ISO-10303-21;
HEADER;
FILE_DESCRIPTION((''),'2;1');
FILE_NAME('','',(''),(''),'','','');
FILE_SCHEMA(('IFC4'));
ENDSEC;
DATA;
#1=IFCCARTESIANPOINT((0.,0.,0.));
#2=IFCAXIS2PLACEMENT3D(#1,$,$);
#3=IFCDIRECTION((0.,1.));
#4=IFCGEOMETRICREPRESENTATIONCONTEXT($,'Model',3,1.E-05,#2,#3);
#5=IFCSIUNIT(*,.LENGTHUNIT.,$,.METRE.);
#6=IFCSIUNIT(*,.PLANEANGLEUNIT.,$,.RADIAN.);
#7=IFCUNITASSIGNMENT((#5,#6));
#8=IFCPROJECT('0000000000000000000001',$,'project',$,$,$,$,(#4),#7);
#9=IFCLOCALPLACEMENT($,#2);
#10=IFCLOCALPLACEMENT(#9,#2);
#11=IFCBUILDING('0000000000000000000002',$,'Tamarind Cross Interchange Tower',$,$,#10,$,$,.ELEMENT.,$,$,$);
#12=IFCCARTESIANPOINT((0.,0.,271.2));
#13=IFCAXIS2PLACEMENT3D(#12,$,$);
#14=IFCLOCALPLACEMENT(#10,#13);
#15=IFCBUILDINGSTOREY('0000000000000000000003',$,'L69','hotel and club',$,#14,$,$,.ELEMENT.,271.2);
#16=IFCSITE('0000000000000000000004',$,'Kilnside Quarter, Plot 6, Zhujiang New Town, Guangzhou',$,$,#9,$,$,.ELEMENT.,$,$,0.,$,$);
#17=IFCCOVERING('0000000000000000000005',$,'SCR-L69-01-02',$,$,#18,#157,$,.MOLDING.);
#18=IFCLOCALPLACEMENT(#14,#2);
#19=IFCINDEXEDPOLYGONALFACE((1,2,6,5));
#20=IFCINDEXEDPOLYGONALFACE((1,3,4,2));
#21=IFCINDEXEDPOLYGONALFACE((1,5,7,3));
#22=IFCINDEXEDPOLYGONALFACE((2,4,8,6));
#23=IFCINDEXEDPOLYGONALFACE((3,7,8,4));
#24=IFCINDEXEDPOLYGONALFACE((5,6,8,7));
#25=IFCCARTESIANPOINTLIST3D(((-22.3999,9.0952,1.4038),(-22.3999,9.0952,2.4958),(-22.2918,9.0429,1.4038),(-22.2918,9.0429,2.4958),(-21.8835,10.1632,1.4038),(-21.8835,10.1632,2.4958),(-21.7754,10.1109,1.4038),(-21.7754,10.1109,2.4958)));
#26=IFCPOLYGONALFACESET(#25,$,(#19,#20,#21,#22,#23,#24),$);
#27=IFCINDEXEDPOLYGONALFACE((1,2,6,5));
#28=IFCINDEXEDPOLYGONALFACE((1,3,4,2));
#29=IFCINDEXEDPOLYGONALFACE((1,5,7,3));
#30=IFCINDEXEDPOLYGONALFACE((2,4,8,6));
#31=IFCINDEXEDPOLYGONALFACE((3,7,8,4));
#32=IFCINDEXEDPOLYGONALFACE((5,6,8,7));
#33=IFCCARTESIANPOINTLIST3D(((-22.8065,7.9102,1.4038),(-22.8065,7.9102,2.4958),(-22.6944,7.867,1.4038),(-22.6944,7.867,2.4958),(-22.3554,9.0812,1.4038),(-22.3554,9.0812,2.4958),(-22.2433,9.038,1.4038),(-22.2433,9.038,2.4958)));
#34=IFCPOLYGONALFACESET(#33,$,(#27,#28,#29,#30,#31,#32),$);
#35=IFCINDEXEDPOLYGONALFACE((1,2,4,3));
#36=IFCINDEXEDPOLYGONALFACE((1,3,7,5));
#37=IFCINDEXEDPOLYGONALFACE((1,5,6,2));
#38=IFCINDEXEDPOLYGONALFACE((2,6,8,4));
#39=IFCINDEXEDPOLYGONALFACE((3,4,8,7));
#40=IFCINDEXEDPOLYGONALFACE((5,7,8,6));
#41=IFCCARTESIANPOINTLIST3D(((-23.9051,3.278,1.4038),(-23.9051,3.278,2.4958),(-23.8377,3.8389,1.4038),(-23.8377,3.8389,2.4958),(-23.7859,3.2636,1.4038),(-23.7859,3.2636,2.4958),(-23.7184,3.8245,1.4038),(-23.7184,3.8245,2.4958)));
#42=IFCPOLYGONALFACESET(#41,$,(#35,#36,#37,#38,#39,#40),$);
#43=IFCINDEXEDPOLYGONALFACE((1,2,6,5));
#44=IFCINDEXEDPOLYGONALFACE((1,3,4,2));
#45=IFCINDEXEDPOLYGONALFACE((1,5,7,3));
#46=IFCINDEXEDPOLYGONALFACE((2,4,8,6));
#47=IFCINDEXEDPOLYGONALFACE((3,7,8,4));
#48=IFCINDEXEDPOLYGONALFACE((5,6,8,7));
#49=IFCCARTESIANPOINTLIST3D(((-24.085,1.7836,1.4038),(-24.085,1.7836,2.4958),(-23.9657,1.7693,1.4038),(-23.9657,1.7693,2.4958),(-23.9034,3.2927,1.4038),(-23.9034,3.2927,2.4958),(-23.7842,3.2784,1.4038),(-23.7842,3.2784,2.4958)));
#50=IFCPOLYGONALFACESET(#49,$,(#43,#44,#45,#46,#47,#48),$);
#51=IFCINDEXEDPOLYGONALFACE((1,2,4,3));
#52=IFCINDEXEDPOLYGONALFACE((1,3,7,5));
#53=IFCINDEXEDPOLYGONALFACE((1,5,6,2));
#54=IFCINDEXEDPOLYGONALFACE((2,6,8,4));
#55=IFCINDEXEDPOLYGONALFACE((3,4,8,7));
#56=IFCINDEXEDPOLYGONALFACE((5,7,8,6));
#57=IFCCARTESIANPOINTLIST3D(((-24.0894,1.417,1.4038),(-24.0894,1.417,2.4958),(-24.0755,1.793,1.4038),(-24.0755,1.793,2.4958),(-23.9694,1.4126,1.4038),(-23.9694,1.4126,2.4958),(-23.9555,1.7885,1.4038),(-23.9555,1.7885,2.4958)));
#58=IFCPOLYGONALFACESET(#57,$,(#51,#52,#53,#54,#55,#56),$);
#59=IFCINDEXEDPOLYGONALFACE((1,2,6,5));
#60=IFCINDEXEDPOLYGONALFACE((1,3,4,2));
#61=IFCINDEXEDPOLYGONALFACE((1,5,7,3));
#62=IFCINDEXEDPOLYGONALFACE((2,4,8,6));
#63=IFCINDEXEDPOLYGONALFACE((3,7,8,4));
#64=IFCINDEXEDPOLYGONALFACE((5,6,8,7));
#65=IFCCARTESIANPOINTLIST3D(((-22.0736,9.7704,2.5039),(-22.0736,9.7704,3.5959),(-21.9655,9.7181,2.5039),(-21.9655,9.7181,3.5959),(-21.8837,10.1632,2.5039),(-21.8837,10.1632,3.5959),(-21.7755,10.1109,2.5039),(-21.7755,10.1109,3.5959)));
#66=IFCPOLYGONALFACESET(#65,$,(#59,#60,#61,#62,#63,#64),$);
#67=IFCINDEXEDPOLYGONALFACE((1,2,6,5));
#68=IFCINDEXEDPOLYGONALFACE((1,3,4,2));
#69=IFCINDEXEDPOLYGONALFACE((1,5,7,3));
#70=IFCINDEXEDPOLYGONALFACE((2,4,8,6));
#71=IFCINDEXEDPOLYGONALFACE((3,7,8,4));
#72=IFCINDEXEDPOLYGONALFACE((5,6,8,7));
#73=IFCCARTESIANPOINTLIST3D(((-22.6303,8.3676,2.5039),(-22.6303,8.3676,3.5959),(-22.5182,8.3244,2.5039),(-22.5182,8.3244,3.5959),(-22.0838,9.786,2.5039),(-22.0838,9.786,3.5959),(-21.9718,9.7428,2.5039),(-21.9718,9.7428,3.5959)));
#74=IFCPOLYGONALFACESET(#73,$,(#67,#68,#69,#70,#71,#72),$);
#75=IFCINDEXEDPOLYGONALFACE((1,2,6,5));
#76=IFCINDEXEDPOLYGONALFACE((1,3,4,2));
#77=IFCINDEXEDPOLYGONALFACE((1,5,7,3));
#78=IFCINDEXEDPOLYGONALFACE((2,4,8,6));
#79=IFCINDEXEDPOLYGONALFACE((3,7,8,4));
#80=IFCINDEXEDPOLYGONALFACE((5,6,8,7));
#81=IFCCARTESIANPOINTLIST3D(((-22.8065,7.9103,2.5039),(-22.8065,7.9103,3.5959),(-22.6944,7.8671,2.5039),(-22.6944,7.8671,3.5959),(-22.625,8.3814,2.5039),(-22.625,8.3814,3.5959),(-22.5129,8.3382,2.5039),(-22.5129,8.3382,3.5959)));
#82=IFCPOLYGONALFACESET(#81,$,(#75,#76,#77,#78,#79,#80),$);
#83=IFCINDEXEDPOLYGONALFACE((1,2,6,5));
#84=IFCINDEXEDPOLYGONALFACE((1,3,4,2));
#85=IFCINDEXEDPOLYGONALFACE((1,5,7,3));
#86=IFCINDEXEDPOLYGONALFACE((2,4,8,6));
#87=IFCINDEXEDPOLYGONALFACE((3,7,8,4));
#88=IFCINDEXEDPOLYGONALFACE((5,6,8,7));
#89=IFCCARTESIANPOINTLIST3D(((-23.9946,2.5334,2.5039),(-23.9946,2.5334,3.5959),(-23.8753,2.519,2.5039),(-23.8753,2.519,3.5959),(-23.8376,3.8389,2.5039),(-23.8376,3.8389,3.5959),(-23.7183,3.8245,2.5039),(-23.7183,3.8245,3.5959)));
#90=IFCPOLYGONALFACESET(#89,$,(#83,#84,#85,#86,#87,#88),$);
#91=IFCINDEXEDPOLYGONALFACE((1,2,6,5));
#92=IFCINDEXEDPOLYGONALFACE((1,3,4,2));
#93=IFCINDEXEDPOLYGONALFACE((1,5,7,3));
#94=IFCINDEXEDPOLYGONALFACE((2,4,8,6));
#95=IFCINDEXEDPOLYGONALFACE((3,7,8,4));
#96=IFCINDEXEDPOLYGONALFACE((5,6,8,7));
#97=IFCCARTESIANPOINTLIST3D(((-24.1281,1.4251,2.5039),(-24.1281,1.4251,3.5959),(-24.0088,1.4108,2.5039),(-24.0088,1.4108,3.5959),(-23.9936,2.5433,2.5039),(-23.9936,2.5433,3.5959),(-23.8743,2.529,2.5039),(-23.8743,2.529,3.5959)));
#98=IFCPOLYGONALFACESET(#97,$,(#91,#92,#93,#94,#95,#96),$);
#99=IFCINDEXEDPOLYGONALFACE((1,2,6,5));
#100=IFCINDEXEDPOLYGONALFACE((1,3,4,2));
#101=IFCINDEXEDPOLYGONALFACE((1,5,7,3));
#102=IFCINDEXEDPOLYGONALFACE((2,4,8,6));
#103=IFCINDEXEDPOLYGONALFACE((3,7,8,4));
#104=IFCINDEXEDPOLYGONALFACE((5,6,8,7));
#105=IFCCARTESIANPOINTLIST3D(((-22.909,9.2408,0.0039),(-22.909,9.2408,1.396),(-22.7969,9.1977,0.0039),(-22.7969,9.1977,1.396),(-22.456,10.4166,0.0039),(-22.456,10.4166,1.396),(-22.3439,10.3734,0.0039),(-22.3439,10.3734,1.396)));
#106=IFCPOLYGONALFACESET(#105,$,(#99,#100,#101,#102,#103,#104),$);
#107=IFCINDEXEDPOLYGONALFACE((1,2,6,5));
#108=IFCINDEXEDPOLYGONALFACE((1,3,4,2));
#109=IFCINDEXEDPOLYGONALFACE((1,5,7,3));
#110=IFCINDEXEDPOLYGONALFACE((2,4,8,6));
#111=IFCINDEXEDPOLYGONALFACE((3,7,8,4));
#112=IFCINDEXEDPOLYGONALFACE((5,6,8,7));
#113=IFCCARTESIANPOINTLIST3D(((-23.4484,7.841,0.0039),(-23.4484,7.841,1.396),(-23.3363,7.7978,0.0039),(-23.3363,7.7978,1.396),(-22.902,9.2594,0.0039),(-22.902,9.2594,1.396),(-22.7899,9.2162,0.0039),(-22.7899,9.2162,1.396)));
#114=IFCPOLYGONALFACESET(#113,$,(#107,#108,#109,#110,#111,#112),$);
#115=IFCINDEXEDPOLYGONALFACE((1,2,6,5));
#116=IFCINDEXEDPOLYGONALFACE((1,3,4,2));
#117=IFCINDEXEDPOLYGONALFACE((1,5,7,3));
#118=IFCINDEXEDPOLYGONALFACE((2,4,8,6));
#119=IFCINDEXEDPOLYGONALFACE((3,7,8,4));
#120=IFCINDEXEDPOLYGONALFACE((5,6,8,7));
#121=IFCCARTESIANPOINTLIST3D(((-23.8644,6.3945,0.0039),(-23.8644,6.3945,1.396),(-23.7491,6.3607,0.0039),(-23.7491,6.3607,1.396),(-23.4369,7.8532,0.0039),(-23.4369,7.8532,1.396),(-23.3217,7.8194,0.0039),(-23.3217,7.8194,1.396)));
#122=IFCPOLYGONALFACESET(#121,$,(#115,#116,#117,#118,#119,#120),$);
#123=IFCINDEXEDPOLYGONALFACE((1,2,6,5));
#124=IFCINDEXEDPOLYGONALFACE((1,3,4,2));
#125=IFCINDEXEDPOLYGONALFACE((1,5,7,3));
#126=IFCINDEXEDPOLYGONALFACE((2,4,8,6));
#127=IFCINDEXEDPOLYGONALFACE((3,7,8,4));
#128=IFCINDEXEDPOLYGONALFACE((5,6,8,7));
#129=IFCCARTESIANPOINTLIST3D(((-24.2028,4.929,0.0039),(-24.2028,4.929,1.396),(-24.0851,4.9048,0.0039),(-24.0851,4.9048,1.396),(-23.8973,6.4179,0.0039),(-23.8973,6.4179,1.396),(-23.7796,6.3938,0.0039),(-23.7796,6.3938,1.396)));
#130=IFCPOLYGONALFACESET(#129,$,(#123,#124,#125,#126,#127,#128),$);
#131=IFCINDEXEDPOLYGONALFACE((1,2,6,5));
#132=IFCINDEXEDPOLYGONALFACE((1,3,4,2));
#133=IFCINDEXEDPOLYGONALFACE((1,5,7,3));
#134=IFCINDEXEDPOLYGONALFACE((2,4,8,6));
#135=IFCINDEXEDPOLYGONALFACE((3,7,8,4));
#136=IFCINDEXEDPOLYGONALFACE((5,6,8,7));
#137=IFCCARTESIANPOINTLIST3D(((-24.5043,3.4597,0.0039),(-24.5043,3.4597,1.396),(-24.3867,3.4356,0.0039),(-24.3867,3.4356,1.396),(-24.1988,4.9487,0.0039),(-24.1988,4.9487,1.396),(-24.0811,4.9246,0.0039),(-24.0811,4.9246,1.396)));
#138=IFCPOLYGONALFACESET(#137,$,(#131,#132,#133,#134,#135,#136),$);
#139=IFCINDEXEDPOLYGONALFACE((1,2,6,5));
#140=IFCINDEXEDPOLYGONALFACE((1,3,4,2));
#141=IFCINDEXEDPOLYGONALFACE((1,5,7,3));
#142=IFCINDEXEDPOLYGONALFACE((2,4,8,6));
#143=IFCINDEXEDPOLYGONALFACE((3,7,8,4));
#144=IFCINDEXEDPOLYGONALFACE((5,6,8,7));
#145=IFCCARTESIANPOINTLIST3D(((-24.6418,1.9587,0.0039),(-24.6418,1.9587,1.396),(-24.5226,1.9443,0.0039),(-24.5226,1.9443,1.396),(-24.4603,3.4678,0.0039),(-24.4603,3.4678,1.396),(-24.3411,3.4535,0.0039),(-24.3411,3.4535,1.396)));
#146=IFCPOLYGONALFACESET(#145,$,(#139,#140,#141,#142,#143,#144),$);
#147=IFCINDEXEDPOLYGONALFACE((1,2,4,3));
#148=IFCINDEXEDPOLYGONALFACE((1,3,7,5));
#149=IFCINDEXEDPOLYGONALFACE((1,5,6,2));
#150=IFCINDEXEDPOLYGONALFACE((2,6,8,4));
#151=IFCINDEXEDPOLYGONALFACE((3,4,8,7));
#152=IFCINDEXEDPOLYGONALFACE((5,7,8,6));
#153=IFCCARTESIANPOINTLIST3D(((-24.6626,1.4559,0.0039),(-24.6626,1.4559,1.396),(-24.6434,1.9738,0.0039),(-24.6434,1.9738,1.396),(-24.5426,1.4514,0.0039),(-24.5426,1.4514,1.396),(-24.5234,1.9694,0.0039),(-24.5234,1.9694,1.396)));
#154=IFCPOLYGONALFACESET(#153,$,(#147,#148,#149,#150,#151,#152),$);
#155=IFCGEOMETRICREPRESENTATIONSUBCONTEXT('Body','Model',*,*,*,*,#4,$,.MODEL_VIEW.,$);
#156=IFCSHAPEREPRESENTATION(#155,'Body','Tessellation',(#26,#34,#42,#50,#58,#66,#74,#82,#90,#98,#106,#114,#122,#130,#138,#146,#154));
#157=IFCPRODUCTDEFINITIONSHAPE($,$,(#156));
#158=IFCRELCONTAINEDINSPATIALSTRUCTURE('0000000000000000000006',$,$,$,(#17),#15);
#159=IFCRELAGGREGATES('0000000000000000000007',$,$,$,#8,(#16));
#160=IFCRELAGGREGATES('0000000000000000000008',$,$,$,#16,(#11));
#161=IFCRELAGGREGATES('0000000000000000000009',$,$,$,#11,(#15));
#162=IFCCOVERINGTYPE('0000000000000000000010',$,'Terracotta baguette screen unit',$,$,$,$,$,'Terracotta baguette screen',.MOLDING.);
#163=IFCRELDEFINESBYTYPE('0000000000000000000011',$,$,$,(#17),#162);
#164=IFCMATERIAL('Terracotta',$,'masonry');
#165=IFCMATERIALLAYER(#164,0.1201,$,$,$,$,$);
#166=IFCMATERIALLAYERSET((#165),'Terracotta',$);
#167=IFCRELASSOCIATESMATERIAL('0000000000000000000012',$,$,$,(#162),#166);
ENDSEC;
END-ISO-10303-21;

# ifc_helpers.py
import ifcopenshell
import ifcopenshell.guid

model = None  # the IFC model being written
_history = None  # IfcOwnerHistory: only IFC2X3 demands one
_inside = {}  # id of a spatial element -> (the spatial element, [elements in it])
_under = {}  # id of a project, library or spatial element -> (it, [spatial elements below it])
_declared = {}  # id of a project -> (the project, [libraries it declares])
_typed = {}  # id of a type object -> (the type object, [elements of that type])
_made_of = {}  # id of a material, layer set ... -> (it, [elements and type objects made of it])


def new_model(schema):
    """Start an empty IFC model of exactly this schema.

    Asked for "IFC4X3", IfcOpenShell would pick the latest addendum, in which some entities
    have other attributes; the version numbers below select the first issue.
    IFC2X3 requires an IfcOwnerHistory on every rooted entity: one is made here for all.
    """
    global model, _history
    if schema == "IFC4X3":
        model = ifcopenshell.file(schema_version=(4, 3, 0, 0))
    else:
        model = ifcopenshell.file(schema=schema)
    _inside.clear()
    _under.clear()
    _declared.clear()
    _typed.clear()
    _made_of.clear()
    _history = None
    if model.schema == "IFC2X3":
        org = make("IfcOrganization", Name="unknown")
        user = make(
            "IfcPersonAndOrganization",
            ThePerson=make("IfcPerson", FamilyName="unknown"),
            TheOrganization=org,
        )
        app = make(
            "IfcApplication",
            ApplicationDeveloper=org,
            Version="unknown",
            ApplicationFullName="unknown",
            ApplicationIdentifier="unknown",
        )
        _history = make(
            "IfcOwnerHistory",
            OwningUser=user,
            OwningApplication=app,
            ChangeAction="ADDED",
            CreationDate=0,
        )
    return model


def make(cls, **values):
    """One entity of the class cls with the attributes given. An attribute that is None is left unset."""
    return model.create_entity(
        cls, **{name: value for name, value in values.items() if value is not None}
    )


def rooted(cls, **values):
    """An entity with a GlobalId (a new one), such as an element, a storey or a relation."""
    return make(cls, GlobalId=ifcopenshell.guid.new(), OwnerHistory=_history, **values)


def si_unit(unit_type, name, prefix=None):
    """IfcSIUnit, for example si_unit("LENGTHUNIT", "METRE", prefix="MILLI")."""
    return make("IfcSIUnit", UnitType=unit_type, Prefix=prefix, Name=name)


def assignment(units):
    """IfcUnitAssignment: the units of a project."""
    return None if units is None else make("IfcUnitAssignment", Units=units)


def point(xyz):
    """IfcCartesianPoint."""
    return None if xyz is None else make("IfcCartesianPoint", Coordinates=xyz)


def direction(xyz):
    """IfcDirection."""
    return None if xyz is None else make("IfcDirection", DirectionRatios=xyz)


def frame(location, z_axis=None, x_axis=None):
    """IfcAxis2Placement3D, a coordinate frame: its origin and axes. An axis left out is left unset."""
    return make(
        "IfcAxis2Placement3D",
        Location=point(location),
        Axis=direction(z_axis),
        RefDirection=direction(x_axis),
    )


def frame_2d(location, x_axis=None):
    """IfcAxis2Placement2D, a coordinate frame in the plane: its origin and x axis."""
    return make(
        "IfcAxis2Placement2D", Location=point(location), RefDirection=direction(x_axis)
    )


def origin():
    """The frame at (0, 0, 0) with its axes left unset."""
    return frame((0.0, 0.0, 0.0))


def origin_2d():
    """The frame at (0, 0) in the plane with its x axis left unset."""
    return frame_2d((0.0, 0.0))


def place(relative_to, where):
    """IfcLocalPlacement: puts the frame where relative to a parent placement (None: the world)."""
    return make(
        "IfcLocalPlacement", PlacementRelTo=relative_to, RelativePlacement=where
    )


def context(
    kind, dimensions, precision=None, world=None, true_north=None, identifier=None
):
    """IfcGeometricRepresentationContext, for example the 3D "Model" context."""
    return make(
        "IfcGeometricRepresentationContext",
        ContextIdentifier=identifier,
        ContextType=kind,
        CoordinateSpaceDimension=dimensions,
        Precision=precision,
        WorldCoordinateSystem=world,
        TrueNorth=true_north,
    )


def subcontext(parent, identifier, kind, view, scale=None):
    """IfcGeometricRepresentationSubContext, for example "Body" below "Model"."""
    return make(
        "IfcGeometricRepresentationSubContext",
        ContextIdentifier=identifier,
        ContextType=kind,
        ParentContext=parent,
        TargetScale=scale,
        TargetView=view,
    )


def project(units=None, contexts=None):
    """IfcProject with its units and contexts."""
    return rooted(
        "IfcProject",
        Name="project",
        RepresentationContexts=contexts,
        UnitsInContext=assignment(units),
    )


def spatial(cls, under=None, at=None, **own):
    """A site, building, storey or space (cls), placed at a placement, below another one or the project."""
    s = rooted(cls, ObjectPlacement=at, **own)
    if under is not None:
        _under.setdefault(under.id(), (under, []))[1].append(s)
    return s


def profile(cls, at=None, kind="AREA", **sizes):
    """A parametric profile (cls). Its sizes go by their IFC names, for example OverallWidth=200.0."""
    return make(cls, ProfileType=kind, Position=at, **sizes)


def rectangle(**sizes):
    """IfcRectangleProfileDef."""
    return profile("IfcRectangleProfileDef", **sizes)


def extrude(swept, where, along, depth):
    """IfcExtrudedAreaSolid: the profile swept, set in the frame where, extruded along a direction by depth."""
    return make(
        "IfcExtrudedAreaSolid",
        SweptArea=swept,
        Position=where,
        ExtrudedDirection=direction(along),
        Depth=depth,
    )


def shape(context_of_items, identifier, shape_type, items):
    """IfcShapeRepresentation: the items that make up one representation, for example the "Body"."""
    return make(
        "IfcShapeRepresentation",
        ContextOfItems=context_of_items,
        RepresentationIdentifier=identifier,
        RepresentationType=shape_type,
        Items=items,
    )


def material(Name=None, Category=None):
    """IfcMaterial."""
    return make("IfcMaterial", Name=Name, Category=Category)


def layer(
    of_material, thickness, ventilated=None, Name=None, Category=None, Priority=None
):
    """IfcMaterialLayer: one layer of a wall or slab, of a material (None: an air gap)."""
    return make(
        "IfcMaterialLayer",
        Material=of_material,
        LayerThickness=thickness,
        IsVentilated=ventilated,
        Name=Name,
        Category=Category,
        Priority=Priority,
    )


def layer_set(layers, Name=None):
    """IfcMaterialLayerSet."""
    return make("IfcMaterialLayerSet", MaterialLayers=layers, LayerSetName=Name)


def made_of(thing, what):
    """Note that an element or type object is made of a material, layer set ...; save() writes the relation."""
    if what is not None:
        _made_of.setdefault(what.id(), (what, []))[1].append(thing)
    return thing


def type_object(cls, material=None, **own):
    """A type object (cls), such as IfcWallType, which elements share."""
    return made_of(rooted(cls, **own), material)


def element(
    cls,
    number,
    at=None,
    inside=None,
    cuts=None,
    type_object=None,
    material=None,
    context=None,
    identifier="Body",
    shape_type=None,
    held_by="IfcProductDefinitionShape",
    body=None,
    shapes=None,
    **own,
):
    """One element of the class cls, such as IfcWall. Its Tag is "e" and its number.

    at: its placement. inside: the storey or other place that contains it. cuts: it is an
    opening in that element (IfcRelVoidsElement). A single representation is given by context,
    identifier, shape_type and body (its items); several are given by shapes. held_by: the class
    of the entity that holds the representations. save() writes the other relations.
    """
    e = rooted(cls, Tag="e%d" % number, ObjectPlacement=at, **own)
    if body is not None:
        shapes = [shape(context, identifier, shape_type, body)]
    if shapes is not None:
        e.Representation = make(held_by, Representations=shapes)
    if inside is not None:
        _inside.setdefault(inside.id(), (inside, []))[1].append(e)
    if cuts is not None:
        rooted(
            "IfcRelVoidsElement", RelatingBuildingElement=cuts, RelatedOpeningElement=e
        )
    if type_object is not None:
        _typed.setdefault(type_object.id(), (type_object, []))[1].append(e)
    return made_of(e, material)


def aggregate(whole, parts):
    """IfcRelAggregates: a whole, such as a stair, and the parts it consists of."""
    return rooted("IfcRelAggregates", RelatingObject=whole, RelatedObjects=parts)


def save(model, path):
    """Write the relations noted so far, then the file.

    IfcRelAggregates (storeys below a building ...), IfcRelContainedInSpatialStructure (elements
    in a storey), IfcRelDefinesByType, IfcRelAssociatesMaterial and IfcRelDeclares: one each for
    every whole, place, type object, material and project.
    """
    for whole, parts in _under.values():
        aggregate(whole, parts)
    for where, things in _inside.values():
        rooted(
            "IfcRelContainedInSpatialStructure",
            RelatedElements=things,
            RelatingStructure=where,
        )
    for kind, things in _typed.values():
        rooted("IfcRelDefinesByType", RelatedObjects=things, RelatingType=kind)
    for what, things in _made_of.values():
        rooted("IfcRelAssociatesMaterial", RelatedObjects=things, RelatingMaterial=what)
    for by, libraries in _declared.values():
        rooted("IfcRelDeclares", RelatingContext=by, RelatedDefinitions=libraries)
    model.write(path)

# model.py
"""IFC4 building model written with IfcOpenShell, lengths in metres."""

from ifc_helpers import new_model, si_unit, direction, frame, origin, origin_2d, place, context, subcontext, project, spatial, rectangle, extrude, material, layer, layer_set, type_object, element, save


model = new_model("IFC4")

# Units and contexts
model_context = context("Model", 3, precision=1e-05, world=origin(), true_north=direction((0.0, 1.0)))
body_context = subcontext(model_context, "Body", "Model", "MODEL_VIEW")
ifc_project = project(units=[si_unit("LENGTHUNIT", "METRE"), si_unit("PLANEANGLEUNIT", "RADIAN")], contexts=[model_context])

# Site, building, storey
site_placement = place(None, origin())
site = spatial("IfcSite", under=ifc_project, at=site_placement, Name="Kilnside Quarter, Plot 6, Zhujiang New Town, Guangzhou", CompositionType="ELEMENT", RefElevation=0.0)
building_placement = place(site_placement, origin())
building = spatial("IfcBuilding", under=site, at=building_placement, Name="Tamarind Cross Interchange Tower", CompositionType="ELEMENT")
storey_placement = place(building_placement, frame((0.0, 0.0, 271.2)))
storey = spatial("IfcBuildingStorey", under=building, at=storey_placement, Name="L69", Description="hotel and club", CompositionType="ELEMENT", Elevation=271.2)

# Covering
ifc_material_1 = material(Name="Terracotta", Category="masonry")
ifc_layer_1 = layer(ifc_material_1, 0.1201)
ifc_layer_set_1 = layer_set([ifc_layer_1], Name="Terracotta")
covering_type = type_object("IfcCoveringType", Name="Terracotta baguette screen unit", ElementType="Terracotta baguette screen", PredefinedType="MOLDING", material=ifc_layer_set_1)
covering_1_placement = place(storey_placement, origin())
element("IfcCovering", 1, at=covering_1_placement, inside=storey, type_object=covering_type, Name="SCR-L69-01-02", PredefinedType="MOLDING", context=body_context, shape_type="SweptSolid", body=[
    extrude(rectangle(XDim=1.1863, YDim=0.1201, at=origin_2d()), frame((-22.0876, 9.603, 1.4038), z_axis=(0.0, 0.0, 1.0), x_axis=(-0.435326, -0.900273, 0.0)), (0.0, 0.0, 1.0), 1.092),
    extrude(rectangle(XDim=1.2549, YDim=0.1201, at=origin_2d()), frame((-22.5249, 8.4741, 1.4038), z_axis=(0.0, 0.0, 1.0), x_axis=(-0.359495, -0.933147, 0.0)), (0.0, 0.0, 1.0), 1.092),
    extrude(rectangle(XDim=0.5649, YDim=0.1201, at=origin_2d()), frame((-23.8118, 3.5513, 1.4038), z_axis=(0.0, 0.0, 1.0), x_axis=(-0.119421, -0.992844, 0.0)), (0.0, 0.0, 1.0), 1.092),
    extrude(rectangle(XDim=1.52, YDim=0.1201, at=origin_2d()), frame((-23.9346, 2.531, 1.4038), z_axis=(0.0, 0.0, 1.0), x_axis=(-0.119421, -0.992844, 0.0)), (0.0, 0.0, 1.0), 1.092),
    extrude(rectangle(XDim=0.3762, YDim=0.1201, at=origin_2d()), frame((-24.0225, 1.6028, 1.4038), z_axis=(0.0, 0.0, 1.0), x_axis=(-0.037025, -0.999314, 0.0)), (0.0, 0.0, 1.0), 1.092),
    extrude(rectangle(XDim=0.4363, YDim=0.1201, at=origin_2d()), frame((-21.9246, 9.9407, 2.5039), z_axis=(0.0, 0.0, 1.0), x_axis=(-0.435326, -0.900273, 0.0)), (0.0, 0.0, 1.0), 1.092),
    extrude(rectangle(XDim=1.52, YDim=0.1201, at=origin_2d()), frame((-22.301, 9.0552, 2.5039), z_axis=(0.0, 0.0, 1.0), x_axis=(-0.359495, -0.933147, 0.0)), (0.0, 0.0, 1.0), 1.092),
    extrude(rectangle(XDim=0.5049, YDim=0.1201, at=origin_2d()), frame((-22.6597, 8.1243, 2.5039), z_axis=(0.0, 0.0, 1.0), x_axis=(-0.359495, -0.933147, 0.0)), (0.0, 0.0, 1.0), 1.092),
    extrude(rectangle(XDim=1.3149, YDim=0.1201, at=origin_2d()), frame((-23.8564, 3.179, 2.5039), z_axis=(0.0, 0.0, 1.0), x_axis=(-0.119421, -0.992844, 0.0)), (0.0, 0.0, 1.0), 1.092),
    extrude(rectangle(XDim=1.1262, YDim=0.1201, at=origin_2d()), frame((-24.0012, 1.9771, 2.5039), z_axis=(0.0, 0.0, 1.0), x_axis=(-0.119421, -0.992844, 0.0)), (0.0, 0.0, 1.0), 1.092),
    extrude(rectangle(XDim=1.26, YDim=0.1201, at=origin_2d()), frame((-22.6265, 9.8071, 0.0039), z_axis=(0.0, 0.0, 1.0), x_axis=(-0.359495, -0.933147, 0.0)), (0.0, 0.0, 1.0), 1.3921),
    extrude(rectangle(XDim=1.52, YDim=0.1201, at=origin_2d()), frame((-23.1191, 8.5286, 0.0039), z_axis=(0.0, 0.0, 1.0), x_axis=(-0.359495, -0.933147, 0.0)), (0.0, 0.0, 1.0), 1.3921),
    extrude(rectangle(XDim=1.52, YDim=0.1201, at=origin_2d()), frame((-23.593, 7.1069, 0.0039), z_axis=(0.0, 0.0, 1.0), x_axis=(-0.281209, -0.959647, 0.0)), (0.0, 0.0, 1.0), 1.3921),
    extrude(rectangle(XDim=1.52, YDim=0.1201, at=origin_2d()), frame((-23.9912, 5.6614, 0.0039), z_axis=(0.0, 0.0, 1.0), x_axis=(-0.201001, -0.979591, 0.0)), (0.0, 0.0, 1.0), 1.3921),
    extrude(rectangle(XDim=1.52, YDim=0.1201, at=origin_2d()), frame((-24.2927, 4.1921, 0.0039), z_axis=(0.0, 0.0, 1.0), x_axis=(-0.201001, -0.979591, 0.0)), (0.0, 0.0, 1.0), 1.3921),
    extrude(rectangle(XDim=1.52, YDim=0.1201, at=origin_2d()), frame((-24.4915, 2.7061, 0.0039), z_axis=(0.0, 0.0, 1.0), x_axis=(-0.119421, -0.992844, 0.0)), (0.0, 0.0, 1.0), 1.3921),
    extrude(rectangle(XDim=0.5183, YDim=0.1201, at=origin_2d()), frame((-24.593, 1.7126, 0.0039), z_axis=(0.0, 0.0, 1.0), x_axis=(-0.037025, -0.999314, 0.0)), (0.0, 0.0, 1.0), 1.3921),
])

save(model, "model.ifc")
